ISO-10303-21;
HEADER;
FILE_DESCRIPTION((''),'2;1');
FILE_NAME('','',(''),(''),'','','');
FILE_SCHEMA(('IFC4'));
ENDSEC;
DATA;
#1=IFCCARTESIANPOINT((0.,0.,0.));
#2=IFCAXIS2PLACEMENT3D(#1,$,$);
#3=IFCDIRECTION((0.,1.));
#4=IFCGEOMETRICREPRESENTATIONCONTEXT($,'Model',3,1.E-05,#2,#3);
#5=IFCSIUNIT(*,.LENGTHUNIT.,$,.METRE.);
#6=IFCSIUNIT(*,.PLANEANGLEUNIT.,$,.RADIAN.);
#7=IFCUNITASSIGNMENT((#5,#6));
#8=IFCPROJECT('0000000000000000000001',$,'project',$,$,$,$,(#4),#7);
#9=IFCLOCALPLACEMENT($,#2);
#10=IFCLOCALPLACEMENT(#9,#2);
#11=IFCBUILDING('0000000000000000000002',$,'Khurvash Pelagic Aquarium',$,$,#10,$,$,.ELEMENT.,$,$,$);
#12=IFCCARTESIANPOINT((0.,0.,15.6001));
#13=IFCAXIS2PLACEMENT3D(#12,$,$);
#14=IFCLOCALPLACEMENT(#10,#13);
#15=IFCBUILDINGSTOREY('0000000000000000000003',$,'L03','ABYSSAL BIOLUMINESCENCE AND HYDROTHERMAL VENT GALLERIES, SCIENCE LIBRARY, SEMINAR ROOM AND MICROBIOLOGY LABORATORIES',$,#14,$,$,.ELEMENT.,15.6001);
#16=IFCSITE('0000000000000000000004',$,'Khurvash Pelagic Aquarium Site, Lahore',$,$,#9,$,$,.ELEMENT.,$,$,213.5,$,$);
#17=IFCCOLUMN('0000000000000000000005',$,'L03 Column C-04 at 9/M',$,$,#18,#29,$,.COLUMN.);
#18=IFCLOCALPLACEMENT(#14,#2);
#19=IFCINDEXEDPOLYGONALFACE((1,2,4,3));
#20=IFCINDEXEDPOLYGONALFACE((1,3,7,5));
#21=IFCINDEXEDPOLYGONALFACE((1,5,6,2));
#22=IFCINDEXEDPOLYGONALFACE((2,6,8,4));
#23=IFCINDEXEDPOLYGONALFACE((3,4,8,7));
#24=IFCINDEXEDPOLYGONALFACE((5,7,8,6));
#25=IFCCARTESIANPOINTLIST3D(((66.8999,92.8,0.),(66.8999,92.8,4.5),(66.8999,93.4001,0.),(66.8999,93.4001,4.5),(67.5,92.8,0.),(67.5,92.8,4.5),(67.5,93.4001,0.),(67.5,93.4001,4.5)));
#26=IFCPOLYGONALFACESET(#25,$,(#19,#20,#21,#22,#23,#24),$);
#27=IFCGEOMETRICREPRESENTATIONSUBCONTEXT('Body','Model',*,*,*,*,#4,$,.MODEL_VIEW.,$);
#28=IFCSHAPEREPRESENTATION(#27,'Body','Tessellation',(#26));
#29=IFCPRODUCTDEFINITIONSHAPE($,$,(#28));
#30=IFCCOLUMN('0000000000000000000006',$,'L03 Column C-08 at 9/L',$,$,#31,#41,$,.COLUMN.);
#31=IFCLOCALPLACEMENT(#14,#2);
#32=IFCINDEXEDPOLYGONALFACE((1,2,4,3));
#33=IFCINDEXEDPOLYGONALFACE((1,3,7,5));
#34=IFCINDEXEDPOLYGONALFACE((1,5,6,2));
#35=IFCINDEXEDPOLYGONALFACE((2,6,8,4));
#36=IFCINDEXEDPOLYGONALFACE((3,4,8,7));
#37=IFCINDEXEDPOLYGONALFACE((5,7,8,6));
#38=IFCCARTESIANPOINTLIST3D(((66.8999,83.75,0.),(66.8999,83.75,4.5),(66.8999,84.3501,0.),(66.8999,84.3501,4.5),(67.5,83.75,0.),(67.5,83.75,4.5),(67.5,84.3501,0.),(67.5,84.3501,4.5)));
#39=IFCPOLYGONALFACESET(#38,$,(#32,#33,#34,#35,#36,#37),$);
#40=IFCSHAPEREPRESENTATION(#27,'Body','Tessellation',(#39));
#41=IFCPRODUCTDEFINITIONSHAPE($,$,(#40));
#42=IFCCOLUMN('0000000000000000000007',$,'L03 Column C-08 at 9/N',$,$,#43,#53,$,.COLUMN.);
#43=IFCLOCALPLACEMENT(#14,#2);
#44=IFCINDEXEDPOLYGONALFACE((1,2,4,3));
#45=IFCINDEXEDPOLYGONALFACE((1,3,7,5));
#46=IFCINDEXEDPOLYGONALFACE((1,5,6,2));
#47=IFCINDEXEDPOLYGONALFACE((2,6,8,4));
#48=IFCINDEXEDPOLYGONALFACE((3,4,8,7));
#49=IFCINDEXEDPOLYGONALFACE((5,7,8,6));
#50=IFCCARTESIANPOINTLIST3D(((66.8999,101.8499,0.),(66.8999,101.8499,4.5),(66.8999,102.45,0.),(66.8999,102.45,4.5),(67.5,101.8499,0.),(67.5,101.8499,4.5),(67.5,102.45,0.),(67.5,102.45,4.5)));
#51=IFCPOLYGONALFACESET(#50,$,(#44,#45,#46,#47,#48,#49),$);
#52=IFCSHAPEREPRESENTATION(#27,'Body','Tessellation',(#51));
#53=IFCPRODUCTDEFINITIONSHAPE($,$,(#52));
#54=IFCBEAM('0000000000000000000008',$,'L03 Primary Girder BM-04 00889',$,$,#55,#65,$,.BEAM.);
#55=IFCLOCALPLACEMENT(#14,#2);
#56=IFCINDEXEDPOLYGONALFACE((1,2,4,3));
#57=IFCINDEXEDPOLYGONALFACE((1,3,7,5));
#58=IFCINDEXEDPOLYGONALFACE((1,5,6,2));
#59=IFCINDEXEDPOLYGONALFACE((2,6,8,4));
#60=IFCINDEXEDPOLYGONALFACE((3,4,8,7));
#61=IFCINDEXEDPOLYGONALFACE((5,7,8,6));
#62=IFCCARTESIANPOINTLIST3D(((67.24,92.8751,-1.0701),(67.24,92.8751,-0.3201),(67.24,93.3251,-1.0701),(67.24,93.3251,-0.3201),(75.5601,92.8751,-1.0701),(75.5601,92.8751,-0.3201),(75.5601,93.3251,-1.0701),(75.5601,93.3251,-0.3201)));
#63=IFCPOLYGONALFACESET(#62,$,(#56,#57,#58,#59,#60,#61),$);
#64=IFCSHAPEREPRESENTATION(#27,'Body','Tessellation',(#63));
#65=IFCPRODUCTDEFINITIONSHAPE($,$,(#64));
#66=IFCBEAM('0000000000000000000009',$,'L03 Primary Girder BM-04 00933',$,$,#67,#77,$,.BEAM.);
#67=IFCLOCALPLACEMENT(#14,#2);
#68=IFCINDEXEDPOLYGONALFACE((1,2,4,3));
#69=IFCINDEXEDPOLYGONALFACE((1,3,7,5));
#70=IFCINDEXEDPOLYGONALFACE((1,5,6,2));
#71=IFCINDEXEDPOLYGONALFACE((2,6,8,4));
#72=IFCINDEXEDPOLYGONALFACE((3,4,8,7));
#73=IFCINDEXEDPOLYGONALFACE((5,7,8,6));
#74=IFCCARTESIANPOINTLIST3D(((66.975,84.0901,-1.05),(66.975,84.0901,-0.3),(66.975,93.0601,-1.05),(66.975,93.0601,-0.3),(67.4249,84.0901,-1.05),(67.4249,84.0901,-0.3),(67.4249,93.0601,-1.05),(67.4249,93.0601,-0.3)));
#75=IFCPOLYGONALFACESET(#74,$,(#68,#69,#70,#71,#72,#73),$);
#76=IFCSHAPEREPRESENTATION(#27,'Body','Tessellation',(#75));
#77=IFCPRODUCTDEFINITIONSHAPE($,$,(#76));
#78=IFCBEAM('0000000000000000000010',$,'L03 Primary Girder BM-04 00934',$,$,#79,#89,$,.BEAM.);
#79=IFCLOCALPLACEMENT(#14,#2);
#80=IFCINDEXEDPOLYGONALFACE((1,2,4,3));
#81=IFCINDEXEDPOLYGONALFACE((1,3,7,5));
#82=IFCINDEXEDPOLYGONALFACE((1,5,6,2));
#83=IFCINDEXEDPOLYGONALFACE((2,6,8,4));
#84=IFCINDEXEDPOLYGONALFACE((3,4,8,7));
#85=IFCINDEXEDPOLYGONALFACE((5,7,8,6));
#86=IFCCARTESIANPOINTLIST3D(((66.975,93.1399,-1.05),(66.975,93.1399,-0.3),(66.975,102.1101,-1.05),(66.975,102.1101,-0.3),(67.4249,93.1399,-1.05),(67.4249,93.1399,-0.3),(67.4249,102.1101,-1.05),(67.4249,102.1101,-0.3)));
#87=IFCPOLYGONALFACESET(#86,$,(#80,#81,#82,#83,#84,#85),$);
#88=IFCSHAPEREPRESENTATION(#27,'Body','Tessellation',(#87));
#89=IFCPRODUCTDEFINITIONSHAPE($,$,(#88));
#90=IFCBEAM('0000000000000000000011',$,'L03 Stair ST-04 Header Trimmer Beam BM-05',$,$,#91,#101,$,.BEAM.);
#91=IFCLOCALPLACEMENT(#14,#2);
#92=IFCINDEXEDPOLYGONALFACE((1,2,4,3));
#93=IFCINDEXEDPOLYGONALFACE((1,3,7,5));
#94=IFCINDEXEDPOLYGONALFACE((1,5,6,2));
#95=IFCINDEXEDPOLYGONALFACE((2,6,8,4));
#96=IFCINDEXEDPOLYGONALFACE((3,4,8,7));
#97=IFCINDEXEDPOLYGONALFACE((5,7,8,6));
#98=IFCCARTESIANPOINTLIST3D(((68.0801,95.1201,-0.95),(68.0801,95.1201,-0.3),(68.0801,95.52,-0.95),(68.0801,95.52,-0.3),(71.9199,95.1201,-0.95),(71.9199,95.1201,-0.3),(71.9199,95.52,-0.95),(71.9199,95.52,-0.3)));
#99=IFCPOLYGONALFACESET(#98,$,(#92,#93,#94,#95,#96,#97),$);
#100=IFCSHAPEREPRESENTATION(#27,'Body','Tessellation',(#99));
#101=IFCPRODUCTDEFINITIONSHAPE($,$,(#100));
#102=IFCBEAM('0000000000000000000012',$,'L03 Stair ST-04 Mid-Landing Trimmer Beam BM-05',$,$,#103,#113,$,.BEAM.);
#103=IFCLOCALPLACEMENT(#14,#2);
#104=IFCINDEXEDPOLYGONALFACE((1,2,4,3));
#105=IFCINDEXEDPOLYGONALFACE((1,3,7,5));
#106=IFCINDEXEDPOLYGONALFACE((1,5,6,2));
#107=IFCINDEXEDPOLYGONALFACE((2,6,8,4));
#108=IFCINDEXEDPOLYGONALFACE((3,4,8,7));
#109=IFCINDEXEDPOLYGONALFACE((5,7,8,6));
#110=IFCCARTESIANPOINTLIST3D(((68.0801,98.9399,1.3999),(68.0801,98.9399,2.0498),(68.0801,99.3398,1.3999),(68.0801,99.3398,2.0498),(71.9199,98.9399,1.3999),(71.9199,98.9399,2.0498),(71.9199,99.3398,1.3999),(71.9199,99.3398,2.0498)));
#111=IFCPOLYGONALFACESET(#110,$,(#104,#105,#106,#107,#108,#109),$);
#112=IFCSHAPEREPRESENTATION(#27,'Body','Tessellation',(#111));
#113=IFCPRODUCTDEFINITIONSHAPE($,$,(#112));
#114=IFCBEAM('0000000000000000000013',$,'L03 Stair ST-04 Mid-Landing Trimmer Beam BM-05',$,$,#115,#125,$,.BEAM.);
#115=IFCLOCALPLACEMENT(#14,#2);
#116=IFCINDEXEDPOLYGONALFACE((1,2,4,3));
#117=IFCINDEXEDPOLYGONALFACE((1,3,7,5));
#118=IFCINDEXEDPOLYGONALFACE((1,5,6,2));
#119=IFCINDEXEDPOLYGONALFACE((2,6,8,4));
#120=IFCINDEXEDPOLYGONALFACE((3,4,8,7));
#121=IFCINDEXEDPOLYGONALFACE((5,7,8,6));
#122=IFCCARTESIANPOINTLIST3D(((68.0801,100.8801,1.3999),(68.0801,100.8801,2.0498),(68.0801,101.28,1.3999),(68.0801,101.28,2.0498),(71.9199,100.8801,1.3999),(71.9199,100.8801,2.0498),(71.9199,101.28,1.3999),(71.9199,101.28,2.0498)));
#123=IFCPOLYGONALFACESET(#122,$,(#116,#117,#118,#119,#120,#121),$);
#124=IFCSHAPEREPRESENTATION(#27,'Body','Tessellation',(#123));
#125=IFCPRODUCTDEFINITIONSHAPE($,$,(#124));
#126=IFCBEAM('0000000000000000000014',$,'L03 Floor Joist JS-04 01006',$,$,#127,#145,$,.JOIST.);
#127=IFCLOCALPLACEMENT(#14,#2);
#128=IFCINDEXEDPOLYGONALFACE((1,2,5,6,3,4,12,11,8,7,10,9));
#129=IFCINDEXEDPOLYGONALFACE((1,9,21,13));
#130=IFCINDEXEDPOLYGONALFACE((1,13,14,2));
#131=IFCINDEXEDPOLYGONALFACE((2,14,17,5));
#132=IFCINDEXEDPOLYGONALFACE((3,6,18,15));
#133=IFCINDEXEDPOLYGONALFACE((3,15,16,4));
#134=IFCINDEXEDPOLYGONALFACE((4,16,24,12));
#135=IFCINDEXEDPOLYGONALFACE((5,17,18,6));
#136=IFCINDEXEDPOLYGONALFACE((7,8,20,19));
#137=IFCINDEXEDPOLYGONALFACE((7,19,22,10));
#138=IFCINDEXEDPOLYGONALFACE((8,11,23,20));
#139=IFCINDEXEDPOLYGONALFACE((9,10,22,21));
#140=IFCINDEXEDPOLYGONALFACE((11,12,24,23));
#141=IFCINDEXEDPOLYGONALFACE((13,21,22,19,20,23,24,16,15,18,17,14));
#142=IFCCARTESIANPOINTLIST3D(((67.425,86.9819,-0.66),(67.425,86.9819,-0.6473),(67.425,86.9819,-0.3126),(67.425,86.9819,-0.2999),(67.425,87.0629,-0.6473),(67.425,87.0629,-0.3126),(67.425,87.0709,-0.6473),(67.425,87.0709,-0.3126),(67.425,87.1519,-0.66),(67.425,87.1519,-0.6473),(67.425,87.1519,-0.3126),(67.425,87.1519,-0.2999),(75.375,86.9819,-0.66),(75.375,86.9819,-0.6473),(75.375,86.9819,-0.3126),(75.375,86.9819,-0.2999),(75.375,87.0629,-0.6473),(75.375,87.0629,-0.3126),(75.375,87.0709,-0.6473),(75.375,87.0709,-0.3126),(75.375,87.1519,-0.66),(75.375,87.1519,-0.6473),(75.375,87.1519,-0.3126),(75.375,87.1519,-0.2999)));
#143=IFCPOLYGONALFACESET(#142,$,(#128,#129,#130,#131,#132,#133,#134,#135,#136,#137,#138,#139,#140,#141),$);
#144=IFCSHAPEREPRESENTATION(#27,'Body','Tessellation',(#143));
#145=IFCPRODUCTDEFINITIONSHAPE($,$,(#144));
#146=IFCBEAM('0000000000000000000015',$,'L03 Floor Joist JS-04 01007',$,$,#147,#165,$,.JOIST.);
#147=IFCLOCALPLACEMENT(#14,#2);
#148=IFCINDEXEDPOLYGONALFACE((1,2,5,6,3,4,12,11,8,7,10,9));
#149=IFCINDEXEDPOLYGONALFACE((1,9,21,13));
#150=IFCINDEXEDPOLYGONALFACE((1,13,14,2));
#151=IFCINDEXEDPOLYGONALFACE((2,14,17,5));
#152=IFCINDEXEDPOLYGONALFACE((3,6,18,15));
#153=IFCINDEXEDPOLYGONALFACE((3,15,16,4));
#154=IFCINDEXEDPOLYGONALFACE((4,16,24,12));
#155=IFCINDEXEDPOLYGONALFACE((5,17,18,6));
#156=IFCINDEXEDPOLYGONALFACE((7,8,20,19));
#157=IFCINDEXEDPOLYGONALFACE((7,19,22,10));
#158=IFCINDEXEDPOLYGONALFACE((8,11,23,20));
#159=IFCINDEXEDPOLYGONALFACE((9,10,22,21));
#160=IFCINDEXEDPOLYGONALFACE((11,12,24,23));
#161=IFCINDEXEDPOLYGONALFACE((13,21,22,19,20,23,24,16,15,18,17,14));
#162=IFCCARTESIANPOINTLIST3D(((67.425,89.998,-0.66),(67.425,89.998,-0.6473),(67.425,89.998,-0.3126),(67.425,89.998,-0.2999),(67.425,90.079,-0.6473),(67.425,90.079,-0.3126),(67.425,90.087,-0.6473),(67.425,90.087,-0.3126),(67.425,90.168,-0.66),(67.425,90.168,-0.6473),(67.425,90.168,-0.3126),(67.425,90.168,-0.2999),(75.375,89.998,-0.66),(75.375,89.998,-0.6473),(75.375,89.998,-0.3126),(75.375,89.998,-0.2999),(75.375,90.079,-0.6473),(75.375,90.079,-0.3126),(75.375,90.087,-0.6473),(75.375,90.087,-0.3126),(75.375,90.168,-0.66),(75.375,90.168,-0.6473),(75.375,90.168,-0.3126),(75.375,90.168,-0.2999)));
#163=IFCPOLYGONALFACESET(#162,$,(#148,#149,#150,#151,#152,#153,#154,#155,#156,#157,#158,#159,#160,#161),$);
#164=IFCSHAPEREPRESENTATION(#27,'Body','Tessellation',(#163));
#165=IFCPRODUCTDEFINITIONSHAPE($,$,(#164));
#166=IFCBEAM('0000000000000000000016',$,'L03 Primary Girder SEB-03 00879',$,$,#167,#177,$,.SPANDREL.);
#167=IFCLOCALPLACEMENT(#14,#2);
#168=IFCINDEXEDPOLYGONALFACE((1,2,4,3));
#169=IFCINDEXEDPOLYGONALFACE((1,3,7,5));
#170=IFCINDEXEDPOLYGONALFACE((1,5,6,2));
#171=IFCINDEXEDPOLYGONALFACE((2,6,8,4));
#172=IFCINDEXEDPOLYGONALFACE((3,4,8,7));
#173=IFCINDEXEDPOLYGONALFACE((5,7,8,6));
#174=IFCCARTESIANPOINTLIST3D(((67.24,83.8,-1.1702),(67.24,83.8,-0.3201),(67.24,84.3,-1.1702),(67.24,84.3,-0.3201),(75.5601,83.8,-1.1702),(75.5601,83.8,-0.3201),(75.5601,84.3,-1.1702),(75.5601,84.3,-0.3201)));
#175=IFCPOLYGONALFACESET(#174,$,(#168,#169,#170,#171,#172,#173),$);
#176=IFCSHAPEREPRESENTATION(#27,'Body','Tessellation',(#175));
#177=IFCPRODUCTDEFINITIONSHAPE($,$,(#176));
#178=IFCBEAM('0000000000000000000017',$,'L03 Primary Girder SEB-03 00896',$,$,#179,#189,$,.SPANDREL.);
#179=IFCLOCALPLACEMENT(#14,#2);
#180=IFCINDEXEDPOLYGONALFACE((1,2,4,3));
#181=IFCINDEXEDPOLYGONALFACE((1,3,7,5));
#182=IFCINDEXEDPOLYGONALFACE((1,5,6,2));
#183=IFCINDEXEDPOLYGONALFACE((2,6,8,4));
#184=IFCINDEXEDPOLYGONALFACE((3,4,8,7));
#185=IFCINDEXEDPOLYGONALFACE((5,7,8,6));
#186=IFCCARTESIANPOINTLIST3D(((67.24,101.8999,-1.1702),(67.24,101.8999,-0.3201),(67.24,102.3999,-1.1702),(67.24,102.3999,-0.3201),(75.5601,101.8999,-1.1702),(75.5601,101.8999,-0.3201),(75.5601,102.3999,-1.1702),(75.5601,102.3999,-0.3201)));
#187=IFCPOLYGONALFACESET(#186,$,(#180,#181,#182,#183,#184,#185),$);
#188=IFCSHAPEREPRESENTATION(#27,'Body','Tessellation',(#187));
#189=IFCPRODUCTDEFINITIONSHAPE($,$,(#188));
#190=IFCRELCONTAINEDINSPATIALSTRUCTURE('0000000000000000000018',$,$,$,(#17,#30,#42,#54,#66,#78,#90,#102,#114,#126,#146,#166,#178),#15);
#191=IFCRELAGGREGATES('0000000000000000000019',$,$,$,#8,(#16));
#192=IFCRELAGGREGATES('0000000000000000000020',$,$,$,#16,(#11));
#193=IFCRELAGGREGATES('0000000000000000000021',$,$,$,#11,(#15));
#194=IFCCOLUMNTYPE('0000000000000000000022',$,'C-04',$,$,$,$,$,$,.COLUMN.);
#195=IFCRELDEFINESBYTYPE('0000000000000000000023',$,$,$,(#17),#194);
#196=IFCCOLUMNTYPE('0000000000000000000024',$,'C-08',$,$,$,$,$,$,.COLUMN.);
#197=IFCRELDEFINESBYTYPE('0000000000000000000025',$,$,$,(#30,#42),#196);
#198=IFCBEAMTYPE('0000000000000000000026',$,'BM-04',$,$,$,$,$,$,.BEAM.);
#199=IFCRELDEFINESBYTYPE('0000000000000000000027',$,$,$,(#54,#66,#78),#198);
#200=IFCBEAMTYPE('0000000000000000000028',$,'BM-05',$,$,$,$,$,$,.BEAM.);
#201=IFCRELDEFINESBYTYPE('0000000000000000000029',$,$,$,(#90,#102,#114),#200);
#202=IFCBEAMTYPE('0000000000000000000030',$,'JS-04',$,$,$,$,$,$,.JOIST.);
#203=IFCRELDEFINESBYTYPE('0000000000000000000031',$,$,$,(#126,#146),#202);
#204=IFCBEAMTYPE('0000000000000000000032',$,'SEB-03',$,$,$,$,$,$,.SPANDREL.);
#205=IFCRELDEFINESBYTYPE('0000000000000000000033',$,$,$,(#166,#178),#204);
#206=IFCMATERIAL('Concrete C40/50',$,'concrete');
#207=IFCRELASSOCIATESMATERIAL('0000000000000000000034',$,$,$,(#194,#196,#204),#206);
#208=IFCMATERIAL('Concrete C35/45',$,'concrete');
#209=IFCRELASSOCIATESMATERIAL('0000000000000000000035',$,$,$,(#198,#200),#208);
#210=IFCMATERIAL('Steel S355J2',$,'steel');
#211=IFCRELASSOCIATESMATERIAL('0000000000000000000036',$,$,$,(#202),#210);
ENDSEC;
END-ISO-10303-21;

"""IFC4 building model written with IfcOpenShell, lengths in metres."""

from ifc_helpers import new_model, si_unit, direction, frame, origin, origin_2d, place, context, subcontext, project, spatial, rectangle, i_section, extrude, material, material_profile, profile_set, type_object, element, save


model = new_model("IFC4")

# Units and contexts
model_context = context("Model", 3, precision=1e-05, world=origin(), true_north=direction((0.0, 1.0)))
body_context = subcontext(model_context, "Body", "Model", "MODEL_VIEW")
ifc_project = project(units=[si_unit("LENGTHUNIT", "METRE"), si_unit("PLANEANGLEUNIT", "RADIAN")], contexts=[model_context])

# Site, building, storey
site_placement = place(None, origin())
site = spatial("IfcSite", under=ifc_project, at=site_placement, Name="Khurvash Pelagic Aquarium Site, Lahore", CompositionType="ELEMENT", RefElevation=213.5)
building_placement = place(site_placement, origin())
building = spatial("IfcBuilding", under=site, at=building_placement, Name="Khurvash Pelagic Aquarium", CompositionType="ELEMENT")
storey_placement = place(building_placement, frame((0.0, 0.0, 15.6001)))
storey = spatial("IfcBuildingStorey", under=building, at=storey_placement, Name="L03", Description="ABYSSAL BIOLUMINESCENCE AND HYDROTHERMAL VENT GALLERIES, SCIENCE LIBRARY, SEMINAR ROOM AND MICROBIOLOGY LABORATORIES", CompositionType="ELEMENT", Elevation=15.6001)

# Columns
ifc_material_1 = material(Name="Concrete C40/50", Category="concrete")
ifc_material_profile_1 = material_profile(ifc_material_1, rectangle(XDim=0.6001, YDim=0.6001, at=origin_2d()), Name="RC600X600")
ifc_profile_set_1 = profile_set([ifc_material_profile_1], Name="Concrete C40/50")
column_type_1 = type_object("IfcColumnType", Name="C-04", PredefinedType="COLUMN", material=ifc_profile_set_1)
column_placement = place(storey_placement, frame((67.2, 93.1001, 0.0), z_axis=(0.0, 0.0, 1.0), x_axis=(1.0, 0.0, 0.0)))
element("IfcColumn", 1, at=column_placement, inside=storey, type_object=column_type_1, Name="L03 Column C-04 at 9/M", PredefinedType="COLUMN", context=body_context, shape_type="SweptSolid", body=[
    extrude(rectangle(XDim=0.6001, YDim=0.6001, at=origin_2d()), origin(), (0.0, 0.0, 1.0), 4.5),
])
ifc_material_profile_2 = material_profile(ifc_material_1, rectangle(XDim=0.6001, YDim=0.6001, at=origin_2d()), Name="RC600X600")
ifc_profile_set_2 = profile_set([ifc_material_profile_2], Name="Concrete C40/50")
column_type_2 = type_object("IfcColumnType", Name="C-08", PredefinedType="COLUMN", material=ifc_profile_set_2)
for number, where, z_axis, x_axis, name in (
    (2, (67.2, 84.05, 0.0), (0.0, 0.0, 1.0), (1.0, 0.0, 0.0), "L03 Column C-08 at 9/L"),
    (3, (67.2, 102.1499, 0.0), (0.0, 0.0, 1.0), (1.0, 0.0, 0.0), "L03 Column C-08 at 9/N"),
):
    element("IfcColumn", number, at=place(storey_placement, frame(where, z_axis=z_axis, x_axis=x_axis)), inside=storey, type_object=column_type_2, Name=name, PredefinedType="COLUMN", context=body_context, shape_type="SweptSolid", body=[
        extrude(rectangle(XDim=0.6001, YDim=0.6001, at=origin_2d()), origin(), (0.0, 0.0, 1.0), 4.5),
    ])

# Beams
ifc_material_2 = material(Name="Concrete C35/45", Category="concrete")
ifc_material_profile_3 = material_profile(ifc_material_2, rectangle(XDim=0.45, YDim=0.75, at=origin_2d()), Name="RC450X750")
ifc_profile_set_3 = profile_set([ifc_material_profile_3], Name="Concrete C35/45")
beam_type_1 = type_object("IfcBeamType", Name="BM-04", PredefinedType="BEAM", material=ifc_profile_set_3)
beam_1_placement = place(storey_placement, frame((67.24, 93.1001, -0.6951), z_axis=(1.0, 0.0, 0.0), x_axis=(0.0, 1.0, 0.0)))
element("IfcBeam", 4, at=beam_1_placement, inside=storey, type_object=beam_type_1, Name="L03 Primary Girder BM-04 00889", PredefinedType="BEAM", context=body_context, shape_type="SweptSolid", body=[
    extrude(rectangle(XDim=0.45, YDim=0.75, at=origin_2d()), origin(), (0.0, 0.0, 1.0), 8.3201),
])
beam_2_placement = place(storey_placement, frame((67.2, 84.0901, -0.675), z_axis=(0.0, 1.0, 0.0), x_axis=(-1.0, 0.0, 0.0)))
element("IfcBeam", 5, at=beam_2_placement, inside=storey, type_object=beam_type_1, Name="L03 Primary Girder BM-04 00933", PredefinedType="BEAM", context=body_context, shape_type="SweptSolid", body=[
    extrude(rectangle(XDim=0.45, YDim=0.75, at=origin_2d()), origin(), (0.0, 0.0, 1.0), 8.97),
])
beam_3_placement = place(storey_placement, frame((67.2, 93.1399, -0.675), z_axis=(0.0, 1.0, 0.0), x_axis=(-1.0, 0.0, 0.0)))
element("IfcBeam", 6, at=beam_3_placement, inside=storey, type_object=beam_type_1, Name="L03 Primary Girder BM-04 00934", PredefinedType="BEAM", context=body_context, shape_type="SweptSolid", body=[
    extrude(rectangle(XDim=0.45, YDim=0.75, at=origin_2d()), origin(), (0.0, 0.0, 1.0), 8.9702),
])
ifc_material_profile_4 = material_profile(ifc_material_2, rectangle(XDim=0.3999, YDim=0.6499, at=origin_2d()), Name="RC400X650")
ifc_profile_set_4 = profile_set([ifc_material_profile_4], Name="Concrete C35/45")
beam_type_2 = type_object("IfcBeamType", Name="BM-05", PredefinedType="BEAM", material=ifc_profile_set_4)
for number, where, z_axis, x_axis, name in (
    (7, (68.0801, 95.3201, -0.625), (1.0, 0.0, 0.0), (0.0, 1.0, 0.0), "L03 Stair ST-04 Header Trimmer Beam BM-05"),
    (8, (68.0801, 99.1399, 1.7249), (1.0, 0.0, 0.0), (0.0, 1.0, 0.0), "L03 Stair ST-04 Mid-Landing Trimmer Beam BM-05"),
    (9, (68.0801, 101.0801, 1.7249), (1.0, 0.0, 0.0), (0.0, 1.0, 0.0), "L03 Stair ST-04 Mid-Landing Trimmer Beam BM-05"),
):
    element("IfcBeam", number, at=place(storey_placement, frame(where, z_axis=z_axis, x_axis=x_axis)), inside=storey, type_object=beam_type_2, Name=name, PredefinedType="BEAM", context=body_context, shape_type="SweptSolid", body=[
        extrude(rectangle(XDim=0.3999, YDim=0.6499, at=origin_2d()), origin(), (0.0, 0.0, 1.0), 3.8398),
    ])
ifc_material_3 = material(Name="Steel S355J2", Category="steel")
ifc_material_profile_5 = material_profile(ifc_material_3, i_section(OverallWidth=0.1699, OverallDepth=0.3601, WebThickness=0.0081, FlangeThickness=0.0127, at=origin_2d()), Name="IPE360")
ifc_profile_set_5 = profile_set([ifc_material_profile_5], Name="Steel S355J2")
beam_type_3 = type_object("IfcBeamType", Name="JS-04", PredefinedType="JOIST", material=ifc_profile_set_5)
for number, where, z_axis, x_axis, name in (
    (10, (67.425, 87.0669, -0.48), (1.0, 0.0, 0.0), (0.0, 1.0, 0.0), "L03 Floor Joist JS-04 01006"),
    (11, (67.425, 90.083, -0.48), (1.0, 0.0, 0.0), (0.0, 1.0, 0.0), "L03 Floor Joist JS-04 01007"),
):
    element("IfcBeam", number, at=place(storey_placement, frame(where, z_axis=z_axis, x_axis=x_axis)), inside=storey, type_object=beam_type_3, Name=name, PredefinedType="JOIST", context=body_context, shape_type="SweptSolid", body=[
        extrude(i_section(OverallWidth=0.1699, OverallDepth=0.3601, WebThickness=0.0081, FlangeThickness=0.0127, at=origin_2d()), origin(), (0.0, 0.0, 1.0), 7.95),
    ])
ifc_material_profile_6 = material_profile(ifc_material_1, rectangle(XDim=0.5, YDim=0.8501, at=origin_2d()), Name="RC500X850")
ifc_profile_set_6 = profile_set([ifc_material_profile_6], Name="Concrete C40/50")
beam_type_4 = type_object("IfcBeamType", Name="SEB-03", PredefinedType="SPANDREL", material=ifc_profile_set_6)
for number, where, z_axis, x_axis, name in (
    (12, (67.24, 84.05, -0.7451), (1.0, 0.0, 0.0), (0.0, 1.0, 0.0), "L03 Primary Girder SEB-03 00879"),
    (13, (67.24, 102.1499, -0.7451), (1.0, 0.0, 0.0), (0.0, 1.0, 0.0), "L03 Primary Girder SEB-03 00896"),
):
    element("IfcBeam", number, at=place(storey_placement, frame(where, z_axis=z_axis, x_axis=x_axis)), inside=storey, type_object=beam_type_4, Name=name, PredefinedType="SPANDREL", context=body_context, shape_type="SweptSolid", body=[
        extrude(rectangle(XDim=0.5, YDim=0.8501, at=origin_2d()), origin(), (0.0, 0.0, 1.0), 8.3201),
    ])

save(model, "model.ifc")
